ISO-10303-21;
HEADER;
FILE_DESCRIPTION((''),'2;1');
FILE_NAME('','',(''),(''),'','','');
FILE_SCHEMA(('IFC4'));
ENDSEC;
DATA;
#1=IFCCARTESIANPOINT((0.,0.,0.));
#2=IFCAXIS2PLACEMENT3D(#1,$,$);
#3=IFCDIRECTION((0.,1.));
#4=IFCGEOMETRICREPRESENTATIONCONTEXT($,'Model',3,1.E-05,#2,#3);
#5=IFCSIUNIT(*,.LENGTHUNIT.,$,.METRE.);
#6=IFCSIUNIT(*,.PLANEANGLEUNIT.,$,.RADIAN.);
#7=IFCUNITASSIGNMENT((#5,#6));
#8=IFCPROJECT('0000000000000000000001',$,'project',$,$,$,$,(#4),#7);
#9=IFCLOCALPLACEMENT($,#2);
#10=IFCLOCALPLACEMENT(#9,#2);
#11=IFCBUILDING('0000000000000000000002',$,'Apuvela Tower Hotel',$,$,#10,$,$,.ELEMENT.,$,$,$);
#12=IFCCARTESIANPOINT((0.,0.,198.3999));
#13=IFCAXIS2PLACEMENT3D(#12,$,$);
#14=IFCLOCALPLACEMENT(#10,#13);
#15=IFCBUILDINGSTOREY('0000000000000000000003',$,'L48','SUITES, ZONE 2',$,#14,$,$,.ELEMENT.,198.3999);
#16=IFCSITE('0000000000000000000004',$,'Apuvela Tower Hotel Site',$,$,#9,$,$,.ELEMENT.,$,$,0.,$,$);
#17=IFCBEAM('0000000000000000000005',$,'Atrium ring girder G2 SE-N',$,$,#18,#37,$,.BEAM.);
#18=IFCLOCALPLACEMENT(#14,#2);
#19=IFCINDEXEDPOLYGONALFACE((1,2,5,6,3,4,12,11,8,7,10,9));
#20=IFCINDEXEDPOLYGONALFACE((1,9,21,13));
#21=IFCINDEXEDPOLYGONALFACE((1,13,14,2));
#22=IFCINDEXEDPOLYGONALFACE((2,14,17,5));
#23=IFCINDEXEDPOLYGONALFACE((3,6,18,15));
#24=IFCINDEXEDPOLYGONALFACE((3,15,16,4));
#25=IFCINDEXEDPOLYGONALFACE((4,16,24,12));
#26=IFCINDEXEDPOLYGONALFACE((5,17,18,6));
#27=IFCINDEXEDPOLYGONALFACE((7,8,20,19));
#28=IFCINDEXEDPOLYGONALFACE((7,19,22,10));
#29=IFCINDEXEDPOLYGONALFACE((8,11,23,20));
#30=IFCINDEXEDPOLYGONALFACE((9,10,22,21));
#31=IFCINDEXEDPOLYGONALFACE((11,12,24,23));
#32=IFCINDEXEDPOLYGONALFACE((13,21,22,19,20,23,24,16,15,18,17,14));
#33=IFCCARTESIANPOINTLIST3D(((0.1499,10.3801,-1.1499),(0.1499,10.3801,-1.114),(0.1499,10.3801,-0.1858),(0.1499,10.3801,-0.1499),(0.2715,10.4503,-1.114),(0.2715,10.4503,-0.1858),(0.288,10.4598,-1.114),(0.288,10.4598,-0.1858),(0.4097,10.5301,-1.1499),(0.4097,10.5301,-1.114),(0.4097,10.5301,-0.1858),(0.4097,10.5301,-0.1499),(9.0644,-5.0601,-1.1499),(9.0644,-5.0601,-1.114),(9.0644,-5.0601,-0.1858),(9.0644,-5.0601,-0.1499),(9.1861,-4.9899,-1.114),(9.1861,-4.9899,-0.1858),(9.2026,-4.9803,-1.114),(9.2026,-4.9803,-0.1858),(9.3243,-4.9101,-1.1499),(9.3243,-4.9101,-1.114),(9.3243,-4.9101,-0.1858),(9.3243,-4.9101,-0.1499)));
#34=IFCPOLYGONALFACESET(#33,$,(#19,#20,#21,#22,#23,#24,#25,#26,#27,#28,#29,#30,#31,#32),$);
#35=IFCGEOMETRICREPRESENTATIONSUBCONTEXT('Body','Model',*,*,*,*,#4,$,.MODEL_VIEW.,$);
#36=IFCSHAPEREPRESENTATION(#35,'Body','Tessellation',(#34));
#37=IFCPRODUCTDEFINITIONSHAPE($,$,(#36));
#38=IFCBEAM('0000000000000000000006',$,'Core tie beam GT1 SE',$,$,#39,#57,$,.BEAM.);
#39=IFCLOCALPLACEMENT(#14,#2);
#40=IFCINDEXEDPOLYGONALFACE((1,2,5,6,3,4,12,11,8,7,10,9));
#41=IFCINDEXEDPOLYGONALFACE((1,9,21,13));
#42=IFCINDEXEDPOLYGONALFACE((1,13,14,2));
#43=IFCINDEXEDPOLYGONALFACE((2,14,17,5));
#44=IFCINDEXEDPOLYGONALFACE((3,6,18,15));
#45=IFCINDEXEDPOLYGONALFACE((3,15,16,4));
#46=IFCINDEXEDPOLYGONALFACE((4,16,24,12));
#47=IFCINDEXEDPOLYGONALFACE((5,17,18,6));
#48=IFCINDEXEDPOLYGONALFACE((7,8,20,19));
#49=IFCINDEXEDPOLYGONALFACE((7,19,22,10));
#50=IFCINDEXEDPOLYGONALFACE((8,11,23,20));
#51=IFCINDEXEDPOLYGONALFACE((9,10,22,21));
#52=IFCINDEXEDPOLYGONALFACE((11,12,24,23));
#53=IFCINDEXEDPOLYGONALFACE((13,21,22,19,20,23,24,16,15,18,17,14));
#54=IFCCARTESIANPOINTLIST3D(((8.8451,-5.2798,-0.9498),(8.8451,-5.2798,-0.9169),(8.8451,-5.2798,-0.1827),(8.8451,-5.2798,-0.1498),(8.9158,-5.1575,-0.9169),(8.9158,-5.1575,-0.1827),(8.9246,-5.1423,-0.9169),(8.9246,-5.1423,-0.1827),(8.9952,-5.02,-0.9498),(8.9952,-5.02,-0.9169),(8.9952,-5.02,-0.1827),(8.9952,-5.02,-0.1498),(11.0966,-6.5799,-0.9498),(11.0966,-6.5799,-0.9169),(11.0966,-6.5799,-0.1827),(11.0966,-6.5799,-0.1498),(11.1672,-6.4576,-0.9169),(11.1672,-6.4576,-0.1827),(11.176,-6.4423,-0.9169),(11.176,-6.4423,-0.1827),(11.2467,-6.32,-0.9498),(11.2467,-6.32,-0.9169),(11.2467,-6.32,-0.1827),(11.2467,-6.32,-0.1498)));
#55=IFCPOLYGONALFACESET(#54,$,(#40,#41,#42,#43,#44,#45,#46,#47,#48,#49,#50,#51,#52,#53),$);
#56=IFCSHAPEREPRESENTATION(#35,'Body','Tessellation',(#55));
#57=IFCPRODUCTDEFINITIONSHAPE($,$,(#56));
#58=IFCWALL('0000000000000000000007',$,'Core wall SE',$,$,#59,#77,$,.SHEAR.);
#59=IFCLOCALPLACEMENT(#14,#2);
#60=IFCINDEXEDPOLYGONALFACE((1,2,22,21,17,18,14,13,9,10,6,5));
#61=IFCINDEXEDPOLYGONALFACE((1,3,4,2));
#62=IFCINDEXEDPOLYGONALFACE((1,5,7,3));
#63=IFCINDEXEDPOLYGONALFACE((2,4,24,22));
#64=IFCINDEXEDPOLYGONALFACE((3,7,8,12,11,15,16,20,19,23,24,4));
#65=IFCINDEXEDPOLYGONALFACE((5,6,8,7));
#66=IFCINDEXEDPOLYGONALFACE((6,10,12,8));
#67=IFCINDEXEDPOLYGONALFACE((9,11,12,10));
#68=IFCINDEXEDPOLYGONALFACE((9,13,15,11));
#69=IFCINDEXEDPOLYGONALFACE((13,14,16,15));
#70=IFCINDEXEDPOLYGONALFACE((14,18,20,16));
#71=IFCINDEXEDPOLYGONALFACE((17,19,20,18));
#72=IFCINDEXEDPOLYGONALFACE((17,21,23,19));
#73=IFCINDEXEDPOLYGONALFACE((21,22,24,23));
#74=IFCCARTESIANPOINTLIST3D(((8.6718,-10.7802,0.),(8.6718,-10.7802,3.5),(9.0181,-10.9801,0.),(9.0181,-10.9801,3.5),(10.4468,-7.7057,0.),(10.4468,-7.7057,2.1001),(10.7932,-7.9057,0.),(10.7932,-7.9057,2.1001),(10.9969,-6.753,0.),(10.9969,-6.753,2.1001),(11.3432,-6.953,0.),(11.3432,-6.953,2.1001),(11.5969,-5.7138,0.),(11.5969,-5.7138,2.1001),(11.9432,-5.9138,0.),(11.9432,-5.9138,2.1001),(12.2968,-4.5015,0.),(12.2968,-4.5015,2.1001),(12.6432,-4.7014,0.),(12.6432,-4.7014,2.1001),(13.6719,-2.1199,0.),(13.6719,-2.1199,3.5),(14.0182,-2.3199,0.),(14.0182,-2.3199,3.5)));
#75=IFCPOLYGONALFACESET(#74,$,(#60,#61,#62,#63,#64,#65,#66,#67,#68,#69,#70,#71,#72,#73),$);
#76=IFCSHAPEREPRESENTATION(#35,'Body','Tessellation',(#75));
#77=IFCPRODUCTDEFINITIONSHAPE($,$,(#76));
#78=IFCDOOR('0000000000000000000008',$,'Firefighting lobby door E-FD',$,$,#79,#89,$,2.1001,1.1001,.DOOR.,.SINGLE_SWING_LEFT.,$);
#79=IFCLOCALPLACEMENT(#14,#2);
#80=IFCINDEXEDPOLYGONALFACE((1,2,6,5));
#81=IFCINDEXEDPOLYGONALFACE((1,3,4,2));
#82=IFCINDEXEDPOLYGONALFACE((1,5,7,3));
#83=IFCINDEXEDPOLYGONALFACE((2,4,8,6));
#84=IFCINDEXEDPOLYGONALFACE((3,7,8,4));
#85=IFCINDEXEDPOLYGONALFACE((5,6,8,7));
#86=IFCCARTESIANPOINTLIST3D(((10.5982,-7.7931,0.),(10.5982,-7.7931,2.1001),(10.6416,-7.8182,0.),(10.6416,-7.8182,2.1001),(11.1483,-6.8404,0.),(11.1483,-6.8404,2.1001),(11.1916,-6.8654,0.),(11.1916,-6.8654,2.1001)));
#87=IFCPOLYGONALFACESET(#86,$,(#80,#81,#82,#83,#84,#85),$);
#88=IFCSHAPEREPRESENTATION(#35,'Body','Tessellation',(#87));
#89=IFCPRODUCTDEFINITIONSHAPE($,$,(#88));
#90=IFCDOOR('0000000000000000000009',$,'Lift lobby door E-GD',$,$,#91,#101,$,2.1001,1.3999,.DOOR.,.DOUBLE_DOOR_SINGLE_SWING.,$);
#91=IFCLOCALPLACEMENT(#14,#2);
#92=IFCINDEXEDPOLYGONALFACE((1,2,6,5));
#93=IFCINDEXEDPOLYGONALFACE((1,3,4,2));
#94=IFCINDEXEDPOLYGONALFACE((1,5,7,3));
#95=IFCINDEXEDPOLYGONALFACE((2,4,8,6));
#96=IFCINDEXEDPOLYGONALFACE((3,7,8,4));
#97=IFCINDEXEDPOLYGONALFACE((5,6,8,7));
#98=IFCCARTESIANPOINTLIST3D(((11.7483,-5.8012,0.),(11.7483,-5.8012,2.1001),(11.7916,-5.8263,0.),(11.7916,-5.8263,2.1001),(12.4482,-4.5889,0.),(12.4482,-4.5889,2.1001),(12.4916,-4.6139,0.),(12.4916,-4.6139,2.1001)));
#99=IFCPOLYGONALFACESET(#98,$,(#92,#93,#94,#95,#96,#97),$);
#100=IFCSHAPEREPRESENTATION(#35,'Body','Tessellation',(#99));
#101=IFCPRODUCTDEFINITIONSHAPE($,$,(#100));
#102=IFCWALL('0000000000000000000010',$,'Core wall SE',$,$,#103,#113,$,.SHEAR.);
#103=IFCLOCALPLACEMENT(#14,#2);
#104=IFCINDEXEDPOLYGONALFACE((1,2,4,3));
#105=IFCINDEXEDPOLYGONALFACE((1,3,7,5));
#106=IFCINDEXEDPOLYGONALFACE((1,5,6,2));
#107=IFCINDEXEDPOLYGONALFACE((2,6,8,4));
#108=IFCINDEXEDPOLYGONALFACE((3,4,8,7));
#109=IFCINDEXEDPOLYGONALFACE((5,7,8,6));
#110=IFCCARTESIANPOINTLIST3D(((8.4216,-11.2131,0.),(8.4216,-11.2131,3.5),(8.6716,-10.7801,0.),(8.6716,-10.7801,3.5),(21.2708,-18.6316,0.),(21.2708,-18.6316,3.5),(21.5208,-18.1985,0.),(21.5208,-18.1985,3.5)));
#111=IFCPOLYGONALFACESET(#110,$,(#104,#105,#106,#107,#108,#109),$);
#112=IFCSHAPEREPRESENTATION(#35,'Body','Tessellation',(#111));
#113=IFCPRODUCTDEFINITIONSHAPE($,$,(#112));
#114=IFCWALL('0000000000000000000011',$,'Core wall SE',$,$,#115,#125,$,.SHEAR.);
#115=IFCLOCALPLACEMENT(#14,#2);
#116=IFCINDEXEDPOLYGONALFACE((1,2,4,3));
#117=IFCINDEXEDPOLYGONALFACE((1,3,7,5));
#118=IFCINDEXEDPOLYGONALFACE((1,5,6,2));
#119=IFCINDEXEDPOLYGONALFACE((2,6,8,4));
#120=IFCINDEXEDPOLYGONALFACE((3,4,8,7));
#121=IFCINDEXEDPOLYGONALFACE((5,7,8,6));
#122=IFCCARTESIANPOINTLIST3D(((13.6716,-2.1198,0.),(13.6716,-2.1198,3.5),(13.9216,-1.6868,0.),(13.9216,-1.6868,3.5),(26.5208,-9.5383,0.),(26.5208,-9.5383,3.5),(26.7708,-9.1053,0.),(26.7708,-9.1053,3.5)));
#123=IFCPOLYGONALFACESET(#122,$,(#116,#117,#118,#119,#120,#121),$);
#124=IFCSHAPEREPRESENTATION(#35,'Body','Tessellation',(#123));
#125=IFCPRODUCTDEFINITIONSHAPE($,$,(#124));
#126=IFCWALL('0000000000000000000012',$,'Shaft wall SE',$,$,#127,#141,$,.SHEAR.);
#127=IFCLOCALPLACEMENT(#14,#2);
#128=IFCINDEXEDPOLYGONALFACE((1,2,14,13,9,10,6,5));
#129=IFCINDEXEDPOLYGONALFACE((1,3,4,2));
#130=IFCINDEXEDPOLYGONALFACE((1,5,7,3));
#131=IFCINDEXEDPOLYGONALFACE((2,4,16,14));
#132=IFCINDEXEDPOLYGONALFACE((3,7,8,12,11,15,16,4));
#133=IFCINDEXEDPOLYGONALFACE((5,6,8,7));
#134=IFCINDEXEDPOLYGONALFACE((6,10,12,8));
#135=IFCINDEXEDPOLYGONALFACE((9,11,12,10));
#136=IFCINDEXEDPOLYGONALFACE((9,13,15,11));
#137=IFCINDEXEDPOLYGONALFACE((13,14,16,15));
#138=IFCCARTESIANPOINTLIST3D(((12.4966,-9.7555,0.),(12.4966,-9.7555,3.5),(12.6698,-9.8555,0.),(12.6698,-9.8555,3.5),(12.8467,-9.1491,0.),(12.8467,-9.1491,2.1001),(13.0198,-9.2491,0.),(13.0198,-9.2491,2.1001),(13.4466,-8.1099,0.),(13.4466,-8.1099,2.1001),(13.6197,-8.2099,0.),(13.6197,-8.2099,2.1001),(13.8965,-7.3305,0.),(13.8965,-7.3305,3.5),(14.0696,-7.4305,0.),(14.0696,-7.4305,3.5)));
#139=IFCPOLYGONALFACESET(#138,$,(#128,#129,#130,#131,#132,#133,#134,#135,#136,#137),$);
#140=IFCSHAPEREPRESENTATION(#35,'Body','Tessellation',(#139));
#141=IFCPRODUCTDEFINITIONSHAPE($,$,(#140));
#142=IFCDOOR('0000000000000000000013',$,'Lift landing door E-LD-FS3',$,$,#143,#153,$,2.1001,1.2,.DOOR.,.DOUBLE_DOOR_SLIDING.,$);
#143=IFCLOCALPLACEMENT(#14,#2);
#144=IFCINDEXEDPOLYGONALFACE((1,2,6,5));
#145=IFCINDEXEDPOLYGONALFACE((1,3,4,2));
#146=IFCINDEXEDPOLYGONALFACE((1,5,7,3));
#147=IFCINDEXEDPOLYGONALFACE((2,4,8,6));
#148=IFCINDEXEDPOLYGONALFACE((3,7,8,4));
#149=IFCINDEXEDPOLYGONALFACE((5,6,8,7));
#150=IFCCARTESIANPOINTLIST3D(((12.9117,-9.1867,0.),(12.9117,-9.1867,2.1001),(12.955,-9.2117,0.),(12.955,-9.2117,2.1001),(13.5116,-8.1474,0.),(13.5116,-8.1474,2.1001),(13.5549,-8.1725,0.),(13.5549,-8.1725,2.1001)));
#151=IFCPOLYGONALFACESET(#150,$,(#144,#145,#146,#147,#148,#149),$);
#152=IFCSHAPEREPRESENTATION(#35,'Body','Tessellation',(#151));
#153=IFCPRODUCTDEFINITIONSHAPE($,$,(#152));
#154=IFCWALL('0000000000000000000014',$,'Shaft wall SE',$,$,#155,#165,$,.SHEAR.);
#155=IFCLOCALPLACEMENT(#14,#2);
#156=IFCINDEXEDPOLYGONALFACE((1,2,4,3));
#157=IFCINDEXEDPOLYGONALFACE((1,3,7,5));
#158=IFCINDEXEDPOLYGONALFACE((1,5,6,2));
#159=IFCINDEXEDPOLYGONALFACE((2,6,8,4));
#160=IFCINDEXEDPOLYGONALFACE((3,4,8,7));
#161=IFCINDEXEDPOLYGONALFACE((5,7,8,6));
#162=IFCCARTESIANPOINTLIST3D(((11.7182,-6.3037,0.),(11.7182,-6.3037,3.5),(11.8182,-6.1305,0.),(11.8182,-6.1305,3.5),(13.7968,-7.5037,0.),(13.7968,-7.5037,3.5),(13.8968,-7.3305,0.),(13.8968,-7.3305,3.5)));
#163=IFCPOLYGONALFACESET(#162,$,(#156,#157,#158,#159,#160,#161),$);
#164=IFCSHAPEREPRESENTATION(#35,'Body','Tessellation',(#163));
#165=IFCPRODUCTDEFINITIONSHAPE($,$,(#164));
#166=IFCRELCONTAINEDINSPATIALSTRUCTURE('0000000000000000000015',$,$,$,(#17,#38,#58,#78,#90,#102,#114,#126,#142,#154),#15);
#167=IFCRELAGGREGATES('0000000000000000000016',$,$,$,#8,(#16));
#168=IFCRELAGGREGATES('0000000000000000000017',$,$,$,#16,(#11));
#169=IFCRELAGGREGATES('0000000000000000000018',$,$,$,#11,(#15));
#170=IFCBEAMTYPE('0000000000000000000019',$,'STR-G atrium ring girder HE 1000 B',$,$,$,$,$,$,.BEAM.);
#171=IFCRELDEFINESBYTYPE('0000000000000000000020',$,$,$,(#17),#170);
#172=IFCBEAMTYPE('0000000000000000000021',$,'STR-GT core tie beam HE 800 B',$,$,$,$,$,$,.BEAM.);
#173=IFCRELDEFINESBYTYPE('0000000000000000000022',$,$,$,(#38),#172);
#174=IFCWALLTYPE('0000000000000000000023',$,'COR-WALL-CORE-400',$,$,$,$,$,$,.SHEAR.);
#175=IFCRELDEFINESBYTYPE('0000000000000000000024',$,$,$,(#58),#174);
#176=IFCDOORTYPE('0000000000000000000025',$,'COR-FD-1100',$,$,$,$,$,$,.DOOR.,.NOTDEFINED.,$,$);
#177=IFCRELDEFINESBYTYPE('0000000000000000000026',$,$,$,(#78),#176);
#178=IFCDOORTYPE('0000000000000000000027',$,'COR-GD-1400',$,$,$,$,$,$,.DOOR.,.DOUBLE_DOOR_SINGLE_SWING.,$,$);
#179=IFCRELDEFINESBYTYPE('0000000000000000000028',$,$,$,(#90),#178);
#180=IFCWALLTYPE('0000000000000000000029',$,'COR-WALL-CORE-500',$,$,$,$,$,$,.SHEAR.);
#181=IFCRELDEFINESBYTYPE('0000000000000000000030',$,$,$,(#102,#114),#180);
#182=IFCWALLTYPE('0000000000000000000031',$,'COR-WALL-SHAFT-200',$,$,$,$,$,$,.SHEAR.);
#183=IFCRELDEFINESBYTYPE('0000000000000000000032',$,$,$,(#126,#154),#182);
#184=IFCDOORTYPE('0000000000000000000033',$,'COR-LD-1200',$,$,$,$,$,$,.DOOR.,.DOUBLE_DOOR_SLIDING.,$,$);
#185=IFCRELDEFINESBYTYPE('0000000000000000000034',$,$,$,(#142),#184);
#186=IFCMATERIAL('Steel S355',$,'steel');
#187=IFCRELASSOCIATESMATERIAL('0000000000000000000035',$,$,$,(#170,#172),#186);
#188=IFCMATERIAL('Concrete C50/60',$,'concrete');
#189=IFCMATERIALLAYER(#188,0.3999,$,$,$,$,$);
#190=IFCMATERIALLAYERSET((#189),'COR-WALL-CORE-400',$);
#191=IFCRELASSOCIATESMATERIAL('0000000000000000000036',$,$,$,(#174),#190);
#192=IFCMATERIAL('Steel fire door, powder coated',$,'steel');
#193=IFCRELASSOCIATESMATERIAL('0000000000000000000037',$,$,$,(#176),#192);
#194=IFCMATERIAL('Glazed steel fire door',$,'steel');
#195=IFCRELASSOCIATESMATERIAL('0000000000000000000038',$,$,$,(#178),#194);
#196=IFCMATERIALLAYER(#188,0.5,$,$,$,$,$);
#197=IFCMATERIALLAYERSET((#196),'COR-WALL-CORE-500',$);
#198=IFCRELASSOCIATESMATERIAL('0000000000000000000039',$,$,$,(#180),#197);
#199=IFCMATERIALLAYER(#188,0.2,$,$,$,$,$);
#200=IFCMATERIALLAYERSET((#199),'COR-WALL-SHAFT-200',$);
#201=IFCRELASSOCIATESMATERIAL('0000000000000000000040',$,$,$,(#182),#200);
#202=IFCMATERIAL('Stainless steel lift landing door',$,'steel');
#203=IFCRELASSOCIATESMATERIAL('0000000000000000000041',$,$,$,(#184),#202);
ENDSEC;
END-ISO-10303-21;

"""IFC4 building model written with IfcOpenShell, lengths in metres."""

from ifc_helpers import new_model, si_unit, direction, frame, frame_2d, origin, origin_2d, place, context, subcontext, project, spatial, rectangle, i_section, extrude, material, layer, layer_set, material_profile, profile_set, type_object, element, fill, save


model = new_model("IFC4")

# Units and contexts
model_context = context("Model", 3, precision=1e-05, world=origin(), true_north=direction((0.0, 1.0)))
body_context = subcontext(model_context, "Body", "Model", "MODEL_VIEW")
ifc_project = project(units=[si_unit("LENGTHUNIT", "METRE"), si_unit("PLANEANGLEUNIT", "RADIAN")], contexts=[model_context])

# Site, building, storey
site_placement = place(None, origin())
site = spatial("IfcSite", under=ifc_project, at=site_placement, Name="Apuvela Tower Hotel Site", CompositionType="ELEMENT", RefElevation=0.0)
building_placement = place(site_placement, origin())
building = spatial("IfcBuilding", under=site, at=building_placement, Name="Apuvela Tower Hotel", CompositionType="ELEMENT")
storey_placement = place(building_placement, frame((0.0, 0.0, 198.3999)))
storey = spatial("IfcBuildingStorey", under=building, at=storey_placement, Name="L48", Description="SUITES, ZONE 2", CompositionType="ELEMENT", Elevation=198.3999)

# Beams
ifc_material_1 = material(Name="Steel S355", Category="steel")
ifc_material_profile_1 = material_profile(ifc_material_1, i_section(OverallWidth=0.3, OverallDepth=1.0, WebThickness=0.019, FlangeThickness=0.0359, at=origin_2d()), Name="HE 1000 B")
ifc_profile_set_1 = profile_set([ifc_material_profile_1], Name="Steel S355")
beam_type_1 = type_object("IfcBeamType", Name="STR-G atrium ring girder HE 1000 B", PredefinedType="BEAM", material=ifc_profile_set_1)
beam_1_placement = place(storey_placement, frame((9.1943, -4.9851, -0.6499), z_axis=(-0.500007, 0.866022, 0.0), x_axis=(-0.866022, -0.500007, 0.0)))
element("IfcBeam", 1, at=beam_1_placement, inside=storey, type_object=beam_type_1, Name="Atrium ring girder G2 SE-N", PredefinedType="BEAM", context=body_context, shape_type="SweptSolid", body=[
    extrude(i_section(OverallWidth=0.3, OverallDepth=1.0, WebThickness=0.019, FlangeThickness=0.0359, at=origin_2d()), origin(), (0.0, 0.0, 1.0), 17.8289),
])
ifc_material_profile_2 = material_profile(ifc_material_1, i_section(OverallWidth=0.3, OverallDepth=0.8, WebThickness=0.0176, FlangeThickness=0.033, at=origin_2d()), Name="HE 800 B")
ifc_profile_set_2 = profile_set([ifc_material_profile_2], Name="Steel S355")
beam_type_2 = type_object("IfcBeamType", Name="STR-GT core tie beam HE 800 B", PredefinedType="BEAM", material=ifc_profile_set_2)
beam_2_placement = place(storey_placement, frame((11.1716, -6.45, -0.5498), z_axis=(-0.865998, 0.500048, 0.0), x_axis=(-0.500048, -0.865998, 0.0)))
element("IfcBeam", 2, at=beam_2_placement, inside=storey, type_object=beam_type_2, Name="Core tie beam GT1 SE", PredefinedType="BEAM", context=body_context, shape_type="SweptSolid", body=[
    extrude(i_section(OverallWidth=0.3, OverallDepth=0.8, WebThickness=0.0176, FlangeThickness=0.033, at=origin_2d()), origin(), (0.0, 0.0, 1.0), 2.5999),
])

# Wall, openings, doors
ifc_material_2 = material(Name="Concrete C50/60", Category="concrete")
ifc_layer_1 = layer(ifc_material_2, 0.3999)
ifc_layer_set_1 = layer_set([ifc_layer_1], Name="COR-WALL-CORE-400")
wall_type_1 = type_object("IfcWallType", Name="COR-WALL-CORE-400", PredefinedType="SHEAR", material=ifc_layer_set_1)
wall_1_placement = place(storey_placement, frame((8.845, -10.8801, 0.0), z_axis=(0.0, 0.0, 1.0), x_axis=(0.500004, 0.866023, 0.0)))
wall_1 = element("IfcWall", 3, at=wall_1_placement, inside=storey, type_object=wall_type_1, Name="Core wall SE", PredefinedType="SHEAR", context=body_context, shape_type="SweptSolid", body=[
    extrude(rectangle(XDim=10.0, YDim=0.3999, at=frame_2d((5.0, 0.0))), origin(), (0.0, 0.0, 1.0), 3.5),
])
opening_1_placement = place(wall_1_placement, frame((3.55, 0.0, 0.0)))
opening_1 = element("IfcOpeningElement", 4, at=opening_1_placement, cuts=wall_1, PredefinedType="OPENING", context=body_context, shape_type="SweptSolid", body=[
    extrude(rectangle(XDim=1.1001, YDim=2.1001, at=frame_2d((0.55, 1.05))), frame((0.0, 0.21, 0.0), z_axis=(0.0, -1.0, 0.0), x_axis=(1.0, 0.0, 0.0)), (0.0, 0.0, 1.0), 0.4199),
])
opening_2_placement = place(wall_1_placement, frame((5.8501, 0.0, 0.0)))
opening_2 = element("IfcOpeningElement", 5, at=opening_2_placement, cuts=wall_1, PredefinedType="OPENING", context=body_context, shape_type="SweptSolid", body=[
    extrude(rectangle(XDim=1.3999, YDim=2.1001, at=frame_2d((0.7, 1.05))), frame((0.0, 0.21, 0.0), z_axis=(0.0, -1.0, 0.0), x_axis=(1.0, 0.0, 0.0)), (0.0, 0.0, 1.0), 0.4199),
])
ifc_material_3 = material(Name="Steel fire door, powder coated", Category="steel")
door_type_1 = type_object("IfcDoorType", Name="COR-FD-1100", OperationType="NOTDEFINED", PredefinedType="DOOR", material=ifc_material_3)
door_1_placement = place(opening_1_placement, frame((1.1001, 0.0, 0.0), z_axis=(0.0, 0.0, 1.0), x_axis=(-1.0, 0.0, 0.0)))
door_1 = element("IfcDoor", 6, at=door_1_placement, inside=storey, type_object=door_type_1, Name="Firefighting lobby door E-FD", OperationType="SINGLE_SWING_LEFT", OverallHeight=2.1001, OverallWidth=1.1001, PredefinedType="DOOR", context=body_context, shape_type="SweptSolid", body=[
    extrude(rectangle(XDim=1.1001, YDim=2.1001, at=frame_2d((0.55, 1.05))), frame((0.0, 0.0249, 0.0), z_axis=(0.0, -1.0, 0.0), x_axis=(1.0, 0.0, 0.0)), (0.0, 0.0, 1.0), 0.05),
])
fill(opening_1, door_1)
ifc_material_4 = material(Name="Glazed steel fire door", Category="steel")
door_type_2 = type_object("IfcDoorType", Name="COR-GD-1400", OperationType="DOUBLE_DOOR_SINGLE_SWING", PredefinedType="DOOR", material=ifc_material_4)
door_2_placement = place(opening_2_placement, frame((1.3999, 0.0, 0.0), z_axis=(0.0, 0.0, 1.0), x_axis=(-1.0, 0.0, 0.0)))
door_2 = element("IfcDoor", 7, at=door_2_placement, inside=storey, type_object=door_type_2, Name="Lift lobby door E-GD", OperationType="DOUBLE_DOOR_SINGLE_SWING", OverallHeight=2.1001, OverallWidth=1.3999, PredefinedType="DOOR", context=body_context, shape_type="SweptSolid", body=[
    extrude(rectangle(XDim=1.3999, YDim=2.1001, at=frame_2d((0.7, 1.05))), frame((0.0, 0.0249, 0.0), z_axis=(0.0, -1.0, 0.0), x_axis=(1.0, 0.0, 0.0)), (0.0, 0.0, 1.0), 0.05),
])
fill(opening_2, door_2)

# Walls
ifc_layer_2 = layer(ifc_material_2, 0.5)
ifc_layer_set_2 = layer_set([ifc_layer_2], Name="COR-WALL-CORE-500")
wall_type_2 = type_object("IfcWallType", Name="COR-WALL-CORE-500", PredefinedType="SHEAR", material=ifc_layer_set_2)
for number, where, z_axis, x_axis, name in (
    (8, (8.5466, -10.9966, 0.0), (0.0, 0.0, 1.0), (0.866025, -0.500001, 0.0), "Core wall SE"),
    (9, (13.7966, -1.9033, 0.0), (0.0, 0.0, 1.0), (0.866025, -0.500001, 0.0), "Core wall SE"),
):
    element("IfcWall", number, at=place(storey_placement, frame(where, z_axis=z_axis, x_axis=x_axis)), inside=storey, type_object=wall_type_2, Name=name, PredefinedType="SHEAR", context=body_context, shape_type="SweptSolid", body=[
        extrude(rectangle(XDim=14.8369, YDim=0.5, at=frame_2d((7.4185, 0.0))), origin(), (0.0, 0.0, 1.0), 3.5),
    ])

# Wall, opening, door
ifc_layer_3 = layer(ifc_material_2, 0.2)
ifc_layer_set_3 = layer_set([ifc_layer_3], Name="COR-WALL-SHAFT-200")
wall_type_3 = type_object("IfcWallType", Name="COR-WALL-SHAFT-200", PredefinedType="SHEAR", material=ifc_layer_set_3)
wall_2_placement = place(storey_placement, frame((12.5833, -9.8054, 0.0), z_axis=(0.0, 0.0, 1.0), x_axis=(0.499946, 0.866056, 0.0)))
wall_2 = element("IfcWall", 10, at=wall_2_placement, inside=storey, type_object=wall_type_3, Name="Shaft wall SE", PredefinedType="SHEAR", context=body_context, shape_type="SweptSolid", body=[
    extrude(rectangle(XDim=2.8, YDim=0.2, at=frame_2d((1.3999, 0.0))), origin(), (0.0, 0.0, 1.0), 3.5),
])
opening_3_placement = place(wall_2_placement, frame((0.7, 0.0, 0.0)))
opening_3 = element("IfcOpeningElement", 11, at=opening_3_placement, cuts=wall_2, PredefinedType="OPENING", context=body_context, shape_type="SweptSolid", body=[
    extrude(rectangle(XDim=1.2, YDim=2.1001, at=frame_2d((0.6001, 1.05))), frame((0.0, 0.1099, 0.0), z_axis=(0.0, -1.0, 0.0), x_axis=(1.0, 0.0, 0.0)), (0.0, 0.0, 1.0), 0.22),
])
ifc_material_5 = material(Name="Stainless steel lift landing door", Category="steel")
door_type_3 = type_object("IfcDoorType", Name="COR-LD-1200", OperationType="DOUBLE_DOOR_SLIDING", PredefinedType="DOOR", material=ifc_material_5)
door_3_placement = place(opening_3_placement, origin())
door_3 = element("IfcDoor", 12, at=door_3_placement, inside=storey, type_object=door_type_3, Name="Lift landing door E-LD-FS3", OperationType="DOUBLE_DOOR_SLIDING", OverallHeight=2.1001, OverallWidth=1.2, PredefinedType="DOOR", context=body_context, shape_type="SweptSolid", body=[
    extrude(rectangle(XDim=1.2, YDim=2.1001, at=frame_2d((0.6001, 1.05))), frame((0.0, 0.0249, 0.0), z_axis=(0.0, -1.0, 0.0), x_axis=(1.0, 0.0, 0.0)), (0.0, 0.0, 1.0), 0.05),
])
fill(opening_3, door_3)

# Wall
wall_3_placement = place(storey_placement, frame((11.7681, -6.217, 0.0), z_axis=(0.0, 0.0, 1.0), x_axis=(0.86605, -0.499957, 0.0)))
element("IfcWall", 13, at=wall_3_placement, inside=storey, type_object=wall_type_3, Name="Shaft wall SE", PredefinedType="SHEAR", context=body_context, shape_type="SweptSolid", body=[
    extrude(rectangle(XDim=2.4001, YDim=0.2, at=frame_2d((1.2002, 0.0))), origin(), (0.0, 0.0, 1.0), 3.5),
])

save(model, "model.ifc")
